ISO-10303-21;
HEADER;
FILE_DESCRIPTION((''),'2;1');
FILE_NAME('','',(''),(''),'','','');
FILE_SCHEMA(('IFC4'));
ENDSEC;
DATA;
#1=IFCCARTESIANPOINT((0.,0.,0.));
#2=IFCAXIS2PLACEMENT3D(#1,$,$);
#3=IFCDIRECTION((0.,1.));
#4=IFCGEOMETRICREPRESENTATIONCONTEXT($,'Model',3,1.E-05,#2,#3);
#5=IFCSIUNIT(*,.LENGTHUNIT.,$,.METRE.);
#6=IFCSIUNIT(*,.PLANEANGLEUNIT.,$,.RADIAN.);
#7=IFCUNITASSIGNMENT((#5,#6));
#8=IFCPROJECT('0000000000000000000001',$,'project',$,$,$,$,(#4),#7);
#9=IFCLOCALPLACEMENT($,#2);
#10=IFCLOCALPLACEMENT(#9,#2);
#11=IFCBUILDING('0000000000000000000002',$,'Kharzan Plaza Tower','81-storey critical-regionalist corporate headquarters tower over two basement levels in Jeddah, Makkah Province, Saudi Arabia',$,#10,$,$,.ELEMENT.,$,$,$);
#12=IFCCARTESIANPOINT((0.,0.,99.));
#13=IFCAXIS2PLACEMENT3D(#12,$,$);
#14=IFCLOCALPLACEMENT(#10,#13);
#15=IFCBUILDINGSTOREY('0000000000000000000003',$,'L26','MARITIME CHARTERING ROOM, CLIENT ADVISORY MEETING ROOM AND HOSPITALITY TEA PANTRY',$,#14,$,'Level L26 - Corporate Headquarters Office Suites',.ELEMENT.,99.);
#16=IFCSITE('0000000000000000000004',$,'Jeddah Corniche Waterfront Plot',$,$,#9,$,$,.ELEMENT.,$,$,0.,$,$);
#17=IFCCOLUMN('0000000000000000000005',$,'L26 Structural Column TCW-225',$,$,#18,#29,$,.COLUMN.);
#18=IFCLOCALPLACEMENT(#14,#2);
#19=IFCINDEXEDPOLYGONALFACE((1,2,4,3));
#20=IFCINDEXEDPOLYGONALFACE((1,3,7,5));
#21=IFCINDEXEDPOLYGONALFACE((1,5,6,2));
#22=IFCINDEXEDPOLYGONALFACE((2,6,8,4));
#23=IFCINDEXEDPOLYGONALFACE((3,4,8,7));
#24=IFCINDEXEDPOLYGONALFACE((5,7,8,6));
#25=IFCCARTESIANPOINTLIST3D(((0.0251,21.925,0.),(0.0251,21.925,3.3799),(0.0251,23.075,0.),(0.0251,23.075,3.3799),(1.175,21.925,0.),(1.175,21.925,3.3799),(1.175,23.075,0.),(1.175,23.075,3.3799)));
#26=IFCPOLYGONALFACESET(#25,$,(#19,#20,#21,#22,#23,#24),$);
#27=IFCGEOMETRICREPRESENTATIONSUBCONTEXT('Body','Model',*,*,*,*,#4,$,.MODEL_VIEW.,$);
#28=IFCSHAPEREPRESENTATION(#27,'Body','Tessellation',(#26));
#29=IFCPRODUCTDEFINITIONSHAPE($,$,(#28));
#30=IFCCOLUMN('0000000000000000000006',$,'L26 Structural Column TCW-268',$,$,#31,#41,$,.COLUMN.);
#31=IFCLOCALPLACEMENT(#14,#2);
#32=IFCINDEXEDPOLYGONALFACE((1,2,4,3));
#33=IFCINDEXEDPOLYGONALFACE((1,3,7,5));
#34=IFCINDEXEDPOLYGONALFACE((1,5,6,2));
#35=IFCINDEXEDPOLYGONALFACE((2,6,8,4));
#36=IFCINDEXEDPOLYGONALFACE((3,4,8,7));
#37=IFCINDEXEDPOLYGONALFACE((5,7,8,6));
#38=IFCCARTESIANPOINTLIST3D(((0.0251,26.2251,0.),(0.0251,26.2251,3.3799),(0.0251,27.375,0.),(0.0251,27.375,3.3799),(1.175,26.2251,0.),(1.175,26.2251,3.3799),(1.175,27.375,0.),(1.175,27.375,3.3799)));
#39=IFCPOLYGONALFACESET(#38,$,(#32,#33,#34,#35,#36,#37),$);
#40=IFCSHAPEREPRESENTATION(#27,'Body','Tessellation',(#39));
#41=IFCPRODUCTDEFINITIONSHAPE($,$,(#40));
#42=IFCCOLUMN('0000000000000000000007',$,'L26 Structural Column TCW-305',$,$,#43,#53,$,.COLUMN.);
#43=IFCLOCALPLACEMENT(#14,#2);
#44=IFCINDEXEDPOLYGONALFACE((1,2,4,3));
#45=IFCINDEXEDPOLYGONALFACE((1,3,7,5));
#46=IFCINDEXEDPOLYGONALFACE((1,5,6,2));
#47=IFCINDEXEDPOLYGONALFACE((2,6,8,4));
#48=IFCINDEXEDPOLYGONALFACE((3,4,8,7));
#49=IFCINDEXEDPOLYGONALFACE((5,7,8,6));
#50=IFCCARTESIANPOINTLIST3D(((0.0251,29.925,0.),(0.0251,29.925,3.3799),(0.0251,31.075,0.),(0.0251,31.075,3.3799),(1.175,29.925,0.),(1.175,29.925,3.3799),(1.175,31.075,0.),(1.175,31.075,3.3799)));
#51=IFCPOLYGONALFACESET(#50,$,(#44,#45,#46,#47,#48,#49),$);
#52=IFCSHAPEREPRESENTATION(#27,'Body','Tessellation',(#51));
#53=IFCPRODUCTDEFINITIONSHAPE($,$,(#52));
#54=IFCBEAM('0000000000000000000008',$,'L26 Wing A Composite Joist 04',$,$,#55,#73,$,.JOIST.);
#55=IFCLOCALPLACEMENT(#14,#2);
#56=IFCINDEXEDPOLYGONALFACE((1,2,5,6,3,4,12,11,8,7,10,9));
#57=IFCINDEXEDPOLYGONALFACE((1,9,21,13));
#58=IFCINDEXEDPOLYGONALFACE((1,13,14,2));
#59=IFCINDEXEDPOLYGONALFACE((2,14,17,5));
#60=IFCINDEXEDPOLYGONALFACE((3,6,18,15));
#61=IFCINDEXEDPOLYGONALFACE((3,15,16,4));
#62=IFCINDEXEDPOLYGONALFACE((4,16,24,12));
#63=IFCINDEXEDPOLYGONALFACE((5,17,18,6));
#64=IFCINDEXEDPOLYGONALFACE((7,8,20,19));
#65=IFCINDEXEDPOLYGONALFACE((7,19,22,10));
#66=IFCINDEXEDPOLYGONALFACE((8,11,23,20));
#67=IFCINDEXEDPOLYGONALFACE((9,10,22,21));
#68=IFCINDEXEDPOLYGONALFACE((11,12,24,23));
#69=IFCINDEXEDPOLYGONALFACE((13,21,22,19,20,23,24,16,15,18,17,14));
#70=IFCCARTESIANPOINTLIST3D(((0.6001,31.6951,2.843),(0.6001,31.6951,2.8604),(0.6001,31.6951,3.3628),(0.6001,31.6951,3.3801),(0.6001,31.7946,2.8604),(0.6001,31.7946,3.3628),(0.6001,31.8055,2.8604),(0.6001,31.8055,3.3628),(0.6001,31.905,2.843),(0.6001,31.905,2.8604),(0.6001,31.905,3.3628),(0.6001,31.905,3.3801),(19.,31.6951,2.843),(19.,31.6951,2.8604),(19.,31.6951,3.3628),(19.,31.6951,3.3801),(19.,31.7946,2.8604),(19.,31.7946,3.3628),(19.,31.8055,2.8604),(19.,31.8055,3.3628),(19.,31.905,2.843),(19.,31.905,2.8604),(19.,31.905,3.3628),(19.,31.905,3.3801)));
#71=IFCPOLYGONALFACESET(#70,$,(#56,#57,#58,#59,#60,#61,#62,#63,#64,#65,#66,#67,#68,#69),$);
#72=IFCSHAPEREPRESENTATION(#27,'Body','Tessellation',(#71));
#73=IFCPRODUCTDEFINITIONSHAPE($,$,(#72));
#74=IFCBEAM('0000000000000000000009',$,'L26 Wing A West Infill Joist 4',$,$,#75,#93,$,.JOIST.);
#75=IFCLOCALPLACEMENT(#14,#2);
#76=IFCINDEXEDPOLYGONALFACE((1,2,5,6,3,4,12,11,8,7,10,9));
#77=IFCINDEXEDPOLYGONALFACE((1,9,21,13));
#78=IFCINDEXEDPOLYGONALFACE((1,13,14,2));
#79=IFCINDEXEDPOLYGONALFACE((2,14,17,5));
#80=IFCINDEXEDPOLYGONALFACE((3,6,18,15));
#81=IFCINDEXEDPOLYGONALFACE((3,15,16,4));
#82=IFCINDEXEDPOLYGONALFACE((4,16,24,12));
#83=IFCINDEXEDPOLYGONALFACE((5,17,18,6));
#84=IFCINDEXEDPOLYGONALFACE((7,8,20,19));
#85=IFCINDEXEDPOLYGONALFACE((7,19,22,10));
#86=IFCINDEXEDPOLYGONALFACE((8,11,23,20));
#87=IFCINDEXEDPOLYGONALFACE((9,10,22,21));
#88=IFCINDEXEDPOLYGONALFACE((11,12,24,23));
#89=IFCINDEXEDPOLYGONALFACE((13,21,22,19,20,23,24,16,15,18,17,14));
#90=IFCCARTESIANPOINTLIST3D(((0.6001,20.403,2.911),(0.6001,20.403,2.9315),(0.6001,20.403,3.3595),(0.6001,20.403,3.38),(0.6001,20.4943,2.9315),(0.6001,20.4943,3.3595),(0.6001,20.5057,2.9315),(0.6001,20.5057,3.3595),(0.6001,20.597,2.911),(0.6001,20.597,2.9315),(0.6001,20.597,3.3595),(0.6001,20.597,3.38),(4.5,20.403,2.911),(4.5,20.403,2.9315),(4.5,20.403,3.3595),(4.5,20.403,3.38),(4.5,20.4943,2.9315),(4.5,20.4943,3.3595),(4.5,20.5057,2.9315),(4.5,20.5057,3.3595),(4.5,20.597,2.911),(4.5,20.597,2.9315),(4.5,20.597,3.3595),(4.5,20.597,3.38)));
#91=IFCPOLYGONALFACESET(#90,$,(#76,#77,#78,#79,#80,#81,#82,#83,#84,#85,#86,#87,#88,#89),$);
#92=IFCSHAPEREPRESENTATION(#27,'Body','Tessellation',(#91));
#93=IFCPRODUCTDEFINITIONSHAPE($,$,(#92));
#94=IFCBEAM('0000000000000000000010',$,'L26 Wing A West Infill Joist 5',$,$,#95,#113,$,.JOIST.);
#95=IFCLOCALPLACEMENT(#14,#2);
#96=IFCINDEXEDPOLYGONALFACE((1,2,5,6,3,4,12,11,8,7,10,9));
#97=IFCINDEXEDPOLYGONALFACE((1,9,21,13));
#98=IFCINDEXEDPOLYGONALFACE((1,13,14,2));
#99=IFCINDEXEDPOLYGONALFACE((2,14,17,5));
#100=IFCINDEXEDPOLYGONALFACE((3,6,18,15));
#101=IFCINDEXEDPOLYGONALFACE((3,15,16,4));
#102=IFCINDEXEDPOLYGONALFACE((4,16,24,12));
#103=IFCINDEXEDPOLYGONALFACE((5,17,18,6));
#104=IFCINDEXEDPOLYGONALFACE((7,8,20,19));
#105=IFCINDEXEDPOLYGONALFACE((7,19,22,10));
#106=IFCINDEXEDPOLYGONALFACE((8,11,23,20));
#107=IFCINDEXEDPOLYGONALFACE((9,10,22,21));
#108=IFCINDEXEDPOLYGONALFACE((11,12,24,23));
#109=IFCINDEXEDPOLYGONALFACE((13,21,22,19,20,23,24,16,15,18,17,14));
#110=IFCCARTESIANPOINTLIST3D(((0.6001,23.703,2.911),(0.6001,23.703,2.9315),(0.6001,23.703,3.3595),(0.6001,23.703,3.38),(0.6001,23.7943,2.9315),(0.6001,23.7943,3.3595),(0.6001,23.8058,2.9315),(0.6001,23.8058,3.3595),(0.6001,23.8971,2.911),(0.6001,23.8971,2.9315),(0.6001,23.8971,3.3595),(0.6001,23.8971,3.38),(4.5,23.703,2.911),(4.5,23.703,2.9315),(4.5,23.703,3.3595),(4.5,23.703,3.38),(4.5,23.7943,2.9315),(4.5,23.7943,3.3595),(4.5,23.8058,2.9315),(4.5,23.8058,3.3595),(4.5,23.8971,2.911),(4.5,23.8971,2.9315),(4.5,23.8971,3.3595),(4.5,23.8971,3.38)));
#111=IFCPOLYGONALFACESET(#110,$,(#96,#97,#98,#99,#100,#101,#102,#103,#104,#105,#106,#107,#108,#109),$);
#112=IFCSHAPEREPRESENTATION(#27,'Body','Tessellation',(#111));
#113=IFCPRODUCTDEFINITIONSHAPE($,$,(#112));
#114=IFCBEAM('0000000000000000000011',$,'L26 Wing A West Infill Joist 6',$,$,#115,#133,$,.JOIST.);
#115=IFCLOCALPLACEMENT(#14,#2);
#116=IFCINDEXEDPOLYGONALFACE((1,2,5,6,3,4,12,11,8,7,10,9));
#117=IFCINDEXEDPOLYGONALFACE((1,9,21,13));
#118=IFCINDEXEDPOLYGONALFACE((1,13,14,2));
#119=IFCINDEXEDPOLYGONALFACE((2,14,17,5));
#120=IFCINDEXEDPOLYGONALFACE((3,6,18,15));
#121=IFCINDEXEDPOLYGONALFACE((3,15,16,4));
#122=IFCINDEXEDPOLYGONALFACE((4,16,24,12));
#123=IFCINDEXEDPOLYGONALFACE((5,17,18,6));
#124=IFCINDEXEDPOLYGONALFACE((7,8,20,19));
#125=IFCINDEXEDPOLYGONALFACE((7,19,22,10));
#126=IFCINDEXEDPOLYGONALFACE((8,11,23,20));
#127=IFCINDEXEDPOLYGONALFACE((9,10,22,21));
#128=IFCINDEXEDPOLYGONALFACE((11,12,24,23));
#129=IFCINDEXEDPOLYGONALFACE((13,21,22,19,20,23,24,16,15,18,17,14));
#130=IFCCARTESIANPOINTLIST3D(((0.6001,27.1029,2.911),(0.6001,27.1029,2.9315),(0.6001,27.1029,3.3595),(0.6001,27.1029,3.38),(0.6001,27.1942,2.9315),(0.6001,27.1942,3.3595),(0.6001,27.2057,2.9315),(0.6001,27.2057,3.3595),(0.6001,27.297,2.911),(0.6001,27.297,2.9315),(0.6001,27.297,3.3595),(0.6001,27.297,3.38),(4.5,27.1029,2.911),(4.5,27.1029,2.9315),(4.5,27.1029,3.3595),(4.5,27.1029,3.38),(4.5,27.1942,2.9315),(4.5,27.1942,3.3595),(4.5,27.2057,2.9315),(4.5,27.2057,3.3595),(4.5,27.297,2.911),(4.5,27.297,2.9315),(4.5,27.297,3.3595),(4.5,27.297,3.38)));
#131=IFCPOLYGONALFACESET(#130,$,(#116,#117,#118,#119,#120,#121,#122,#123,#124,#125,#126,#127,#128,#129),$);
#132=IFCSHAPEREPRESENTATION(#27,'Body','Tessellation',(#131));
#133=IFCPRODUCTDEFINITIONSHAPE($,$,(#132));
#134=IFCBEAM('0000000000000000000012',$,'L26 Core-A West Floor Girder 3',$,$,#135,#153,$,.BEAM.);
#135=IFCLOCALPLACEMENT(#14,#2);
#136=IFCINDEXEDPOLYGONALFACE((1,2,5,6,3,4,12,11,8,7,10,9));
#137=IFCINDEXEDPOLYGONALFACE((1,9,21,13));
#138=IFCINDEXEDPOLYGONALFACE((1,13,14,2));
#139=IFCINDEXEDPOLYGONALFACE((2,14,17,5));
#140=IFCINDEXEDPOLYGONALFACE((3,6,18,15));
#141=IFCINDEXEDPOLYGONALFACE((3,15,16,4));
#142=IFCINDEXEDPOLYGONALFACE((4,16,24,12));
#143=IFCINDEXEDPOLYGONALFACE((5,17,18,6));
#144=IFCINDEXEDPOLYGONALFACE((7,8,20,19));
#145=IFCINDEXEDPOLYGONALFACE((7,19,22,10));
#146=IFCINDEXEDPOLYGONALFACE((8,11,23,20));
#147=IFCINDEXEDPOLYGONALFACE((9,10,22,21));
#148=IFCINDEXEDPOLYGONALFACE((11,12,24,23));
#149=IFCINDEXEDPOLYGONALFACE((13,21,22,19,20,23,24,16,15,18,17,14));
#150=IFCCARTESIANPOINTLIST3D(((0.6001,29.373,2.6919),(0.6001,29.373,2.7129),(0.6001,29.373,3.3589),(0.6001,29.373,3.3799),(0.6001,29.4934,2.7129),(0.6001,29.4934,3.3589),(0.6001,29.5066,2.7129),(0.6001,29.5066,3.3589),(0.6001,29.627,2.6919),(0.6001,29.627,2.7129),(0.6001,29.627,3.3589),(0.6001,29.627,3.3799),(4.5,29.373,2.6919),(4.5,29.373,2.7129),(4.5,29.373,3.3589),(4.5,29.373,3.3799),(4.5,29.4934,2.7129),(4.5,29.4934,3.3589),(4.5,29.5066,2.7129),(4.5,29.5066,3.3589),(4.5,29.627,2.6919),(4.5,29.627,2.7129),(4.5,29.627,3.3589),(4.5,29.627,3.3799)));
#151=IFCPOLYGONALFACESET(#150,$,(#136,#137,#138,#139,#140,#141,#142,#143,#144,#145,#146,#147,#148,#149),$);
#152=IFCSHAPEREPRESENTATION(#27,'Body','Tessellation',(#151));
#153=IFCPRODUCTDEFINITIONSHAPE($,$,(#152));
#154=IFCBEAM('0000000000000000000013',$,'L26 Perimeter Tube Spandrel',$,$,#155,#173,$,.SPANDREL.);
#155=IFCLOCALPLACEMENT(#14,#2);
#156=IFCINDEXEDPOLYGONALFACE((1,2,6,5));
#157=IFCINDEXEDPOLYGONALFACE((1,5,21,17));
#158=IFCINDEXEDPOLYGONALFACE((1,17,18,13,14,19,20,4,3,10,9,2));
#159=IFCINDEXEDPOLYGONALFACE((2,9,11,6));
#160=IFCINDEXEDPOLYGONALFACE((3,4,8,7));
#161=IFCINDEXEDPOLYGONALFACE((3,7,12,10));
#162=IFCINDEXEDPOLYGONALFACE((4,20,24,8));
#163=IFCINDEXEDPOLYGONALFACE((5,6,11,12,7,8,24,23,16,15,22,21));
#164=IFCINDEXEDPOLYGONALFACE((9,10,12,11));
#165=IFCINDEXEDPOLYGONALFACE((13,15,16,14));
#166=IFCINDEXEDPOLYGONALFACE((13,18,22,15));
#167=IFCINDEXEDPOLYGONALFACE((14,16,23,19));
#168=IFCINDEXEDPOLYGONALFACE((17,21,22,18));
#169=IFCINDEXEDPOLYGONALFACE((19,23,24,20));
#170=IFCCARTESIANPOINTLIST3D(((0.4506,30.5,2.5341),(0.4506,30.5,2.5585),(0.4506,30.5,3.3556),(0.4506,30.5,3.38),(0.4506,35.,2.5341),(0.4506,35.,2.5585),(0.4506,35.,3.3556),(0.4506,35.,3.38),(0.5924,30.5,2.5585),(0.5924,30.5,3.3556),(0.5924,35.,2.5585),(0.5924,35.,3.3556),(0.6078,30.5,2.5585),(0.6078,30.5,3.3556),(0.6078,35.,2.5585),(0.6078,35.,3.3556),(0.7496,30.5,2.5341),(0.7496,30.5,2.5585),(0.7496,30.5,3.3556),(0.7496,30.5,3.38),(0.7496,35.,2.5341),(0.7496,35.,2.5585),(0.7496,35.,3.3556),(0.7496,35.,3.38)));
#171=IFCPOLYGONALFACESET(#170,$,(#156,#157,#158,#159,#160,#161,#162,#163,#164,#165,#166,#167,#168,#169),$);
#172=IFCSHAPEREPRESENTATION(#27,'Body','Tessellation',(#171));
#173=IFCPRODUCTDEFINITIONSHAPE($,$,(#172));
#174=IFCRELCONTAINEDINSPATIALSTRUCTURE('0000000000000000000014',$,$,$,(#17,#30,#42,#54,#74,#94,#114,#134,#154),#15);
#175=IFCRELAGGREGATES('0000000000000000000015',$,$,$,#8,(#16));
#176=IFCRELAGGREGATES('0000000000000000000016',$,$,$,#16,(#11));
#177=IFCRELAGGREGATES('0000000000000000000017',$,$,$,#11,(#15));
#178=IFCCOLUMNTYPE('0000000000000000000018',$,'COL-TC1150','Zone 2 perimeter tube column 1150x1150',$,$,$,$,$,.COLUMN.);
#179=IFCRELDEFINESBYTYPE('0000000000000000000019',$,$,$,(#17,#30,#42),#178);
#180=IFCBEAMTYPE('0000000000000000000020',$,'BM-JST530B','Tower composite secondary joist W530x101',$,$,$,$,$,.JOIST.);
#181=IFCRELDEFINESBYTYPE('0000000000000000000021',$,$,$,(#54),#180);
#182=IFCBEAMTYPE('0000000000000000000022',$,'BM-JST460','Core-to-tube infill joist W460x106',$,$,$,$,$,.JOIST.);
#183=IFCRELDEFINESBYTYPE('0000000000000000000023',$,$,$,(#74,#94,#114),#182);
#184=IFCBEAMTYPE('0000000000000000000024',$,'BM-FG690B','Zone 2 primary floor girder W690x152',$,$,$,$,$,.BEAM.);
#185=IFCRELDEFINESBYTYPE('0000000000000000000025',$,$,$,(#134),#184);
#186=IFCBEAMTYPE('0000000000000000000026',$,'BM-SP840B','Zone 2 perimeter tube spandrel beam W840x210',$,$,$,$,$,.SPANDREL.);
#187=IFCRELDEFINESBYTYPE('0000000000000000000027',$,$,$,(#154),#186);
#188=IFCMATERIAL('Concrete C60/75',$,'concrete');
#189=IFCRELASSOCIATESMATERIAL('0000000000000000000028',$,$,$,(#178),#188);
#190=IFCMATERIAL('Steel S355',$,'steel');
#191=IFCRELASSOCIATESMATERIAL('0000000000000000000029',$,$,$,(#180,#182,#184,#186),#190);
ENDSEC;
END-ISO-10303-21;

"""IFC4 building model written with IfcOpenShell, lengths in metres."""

from ifc_helpers import new_model, si_unit, direction, frame, origin, origin_2d, place, context, subcontext, project, spatial, rectangle, i_section, extrude, source, transform, mapped, material, material_profile, profile_set, type_object, element, save


model = new_model("IFC4")

# Units and contexts
model_context = context("Model", 3, precision=1e-05, world=origin(), true_north=direction((0.0, 1.0)))
body_context = subcontext(model_context, "Body", "Model", "MODEL_VIEW")
ifc_project = project(units=[si_unit("LENGTHUNIT", "METRE"), si_unit("PLANEANGLEUNIT", "RADIAN")], contexts=[model_context])

# Site, building, storey
site_placement = place(None, origin())
site = spatial("IfcSite", under=ifc_project, at=site_placement, Name="Jeddah Corniche Waterfront Plot", CompositionType="ELEMENT", RefElevation=0.0)
building_placement = place(site_placement, origin())
building = spatial("IfcBuilding", under=site, at=building_placement, Name="Kharzan Plaza Tower", Description="81-storey critical-regionalist corporate headquarters tower over two basement levels in Jeddah, Makkah Province, Saudi Arabia", CompositionType="ELEMENT")
storey_placement = place(building_placement, frame((0.0, 0.0, 99.0)))
storey = spatial("IfcBuildingStorey", under=building, at=storey_placement, Name="L26", Description="MARITIME CHARTERING ROOM, CLIENT ADVISORY MEETING ROOM AND HOSPITALITY TEA PANTRY", LongName="Level L26 - Corporate Headquarters Office Suites", CompositionType="ELEMENT", Elevation=99.0)

# Columns
ifc_material_1 = material(Name="Concrete C60/75", Category="concrete")
ifc_material_profile_1 = material_profile(ifc_material_1, rectangle(XDim=1.1499, YDim=1.1499, at=origin_2d()), Name="RC-TC1150x1150")
ifc_profile_set_1 = profile_set([ifc_material_profile_1], Name="Concrete C60/75")
column_type = type_object("IfcColumnType", Name="COL-TC1150", Description="Zone 2 perimeter tube column 1150x1150", PredefinedType="COLUMN", material=ifc_profile_set_1)
shared_shape_1 = source(origin(), body_context, "Body", "SweptSolid", [
    extrude(rectangle(XDim=1.1499, YDim=1.1499, at=origin_2d()), origin(), (0.0, 0.0, 1.0), 3.3799),
])
for number, where, z_axis, x_axis, name in (
    (1, (0.6001, 22.5, 0.0), (0.0, 0.0, 1.0), (1.0, 0.0, 0.0), "L26 Structural Column TCW-225"),
    (2, (0.6001, 26.8, 0.0), (0.0, 0.0, 1.0), (1.0, 0.0, 0.0), "L26 Structural Column TCW-268"),
    (3, (0.6001, 30.5, 0.0), (0.0, 0.0, 1.0), (1.0, 0.0, 0.0), "L26 Structural Column TCW-305"),
):
    element("IfcColumn", number, at=place(storey_placement, frame(where, z_axis=z_axis, x_axis=x_axis)), inside=storey, type_object=column_type, Name=name, PredefinedType="COLUMN", context=body_context, shape_type="MappedRepresentation", body=[
        mapped(shared_shape_1, transform((0.0, 0.0, 0.0), x_axis=(1.0, 0.0, 0.0), y_axis=(0.0, 1.0, 0.0), z_axis=(0.0, 0.0, 1.0))),
    ])

# Beams
ifc_material_2 = material(Name="Steel S355", Category="steel")
ifc_material_profile_2 = material_profile(ifc_material_2, i_section(OverallWidth=0.21, OverallDepth=0.5371, WebThickness=0.011, FlangeThickness=0.0173, at=origin_2d()), Name="W530x101")
ifc_profile_set_2 = profile_set([ifc_material_profile_2], Name="Steel S355")
beam_type_1 = type_object("IfcBeamType", Name="BM-JST530B", Description="Tower composite secondary joist W530x101", PredefinedType="JOIST", material=ifc_profile_set_2)
shared_shape_2 = source(origin(), body_context, "Body", "SweptSolid", [
    extrude(i_section(OverallWidth=0.21, OverallDepth=0.5371, WebThickness=0.011, FlangeThickness=0.0173, at=origin_2d()), origin(), (0.0, 0.0, 1.0), 18.3999),
])
beam_1_placement = place(storey_placement, frame((0.6001, 31.8, 3.1116), z_axis=(1.0, 0.0, 0.0), x_axis=(0.0, 1.0, 0.0)))
element("IfcBeam", 4, at=beam_1_placement, inside=storey, type_object=beam_type_1, Name="L26 Wing A Composite Joist 04", PredefinedType="JOIST", context=body_context, shape_type="MappedRepresentation", body=[
    mapped(shared_shape_2, transform((0.0, 0.0, 0.0), x_axis=(1.0, 0.0, 0.0), y_axis=(0.0, 1.0, 0.0), z_axis=(0.0, 0.0, 1.0))),
])
ifc_material_profile_3 = material_profile(ifc_material_2, i_section(OverallWidth=0.1941, OverallDepth=0.469, WebThickness=0.0115, FlangeThickness=0.0205, at=origin_2d()), Name="W460x106")
ifc_profile_set_3 = profile_set([ifc_material_profile_3], Name="Steel S355")
beam_type_2 = type_object("IfcBeamType", Name="BM-JST460", Description="Core-to-tube infill joist W460x106", PredefinedType="JOIST", material=ifc_profile_set_3)
shared_shape_3 = source(origin(), body_context, "Body", "SweptSolid", [
    extrude(i_section(OverallWidth=0.1941, OverallDepth=0.469, WebThickness=0.0115, FlangeThickness=0.0205, at=origin_2d()), origin(), (0.0, 0.0, 1.0), 3.8999),
])
for number, where, z_axis, x_axis, name in (
    (5, (0.6001, 20.5, 3.1455), (1.0, 0.0, 0.0), (0.0, 1.0, 0.0), "L26 Wing A West Infill Joist 4"),
    (6, (0.6001, 23.8, 3.1455), (1.0, 0.0, 0.0), (0.0, 1.0, 0.0), "L26 Wing A West Infill Joist 5"),
    (7, (0.6001, 27.2, 3.1455), (1.0, 0.0, 0.0), (0.0, 1.0, 0.0), "L26 Wing A West Infill Joist 6"),
):
    element("IfcBeam", number, at=place(storey_placement, frame(where, z_axis=z_axis, x_axis=x_axis)), inside=storey, type_object=beam_type_2, Name=name, PredefinedType="JOIST", context=body_context, shape_type="MappedRepresentation", body=[
        mapped(shared_shape_3, transform((0.0, 0.0, 0.0), x_axis=(1.0, 0.0, 0.0), y_axis=(0.0, 1.0, 0.0), z_axis=(0.0, 0.0, 1.0))),
    ])
ifc_material_profile_4 = material_profile(ifc_material_2, i_section(OverallWidth=0.2539, OverallDepth=0.688, WebThickness=0.0132, FlangeThickness=0.021, at=origin_2d()), Name="W690x152")
ifc_profile_set_4 = profile_set([ifc_material_profile_4], Name="Steel S355")
beam_type_3 = type_object("IfcBeamType", Name="BM-FG690B", Description="Zone 2 primary floor girder W690x152", PredefinedType="BEAM", material=ifc_profile_set_4)
shared_shape_4 = source(origin(), body_context, "Body", "SweptSolid", [
    extrude(i_section(OverallWidth=0.2539, OverallDepth=0.688, WebThickness=0.0132, FlangeThickness=0.021, at=origin_2d()), origin(), (0.0, 0.0, 1.0), 3.8999),
])
beam_2_placement = place(storey_placement, frame((0.6001, 29.5, 3.0359), z_axis=(1.0, 0.0, 0.0), x_axis=(0.0, 1.0, 0.0)))
element("IfcBeam", 8, at=beam_2_placement, inside=storey, type_object=beam_type_3, Name="L26 Core-A West Floor Girder 3", PredefinedType="BEAM", context=body_context, shape_type="MappedRepresentation", body=[
    mapped(shared_shape_4, transform((0.0, 0.0, 0.0), x_axis=(1.0, 0.0, 0.0), y_axis=(0.0, 1.0, 0.0), z_axis=(0.0, 0.0, 1.0))),
])
ifc_material_profile_5 = material_profile(ifc_material_2, i_section(OverallWidth=0.2991, OverallDepth=0.8459, WebThickness=0.0154, FlangeThickness=0.0244, at=origin_2d()), Name="W840x210")
ifc_profile_set_5 = profile_set([ifc_material_profile_5], Name="Steel S355")
beam_type_4 = type_object("IfcBeamType", Name="BM-SP840B", Description="Zone 2 perimeter tube spandrel beam W840x210", PredefinedType="SPANDREL", material=ifc_profile_set_5)
shared_shape_5 = source(origin(), body_context, "Body", "SweptSolid", [
    extrude(i_section(OverallWidth=0.2991, OverallDepth=0.8459, WebThickness=0.0154, FlangeThickness=0.0244, at=origin_2d()), origin(), (0.0, 0.0, 1.0), 4.5),
])
beam_3_placement = place(storey_placement, frame((0.6001, 30.5, 2.957), z_axis=(0.0, 1.0, 0.0), x_axis=(-1.0, 0.0, 0.0)))
element("IfcBeam", 9, at=beam_3_placement, inside=storey, type_object=beam_type_4, Name="L26 Perimeter Tube Spandrel", PredefinedType="SPANDREL", context=body_context, shape_type="MappedRepresentation", body=[
    mapped(shared_shape_5, transform((0.0, 0.0, 0.0), x_axis=(1.0, 0.0, 0.0), y_axis=(0.0, 1.0, 0.0), z_axis=(0.0, 0.0, 1.0))),
])

save(model, "model.ifc")
